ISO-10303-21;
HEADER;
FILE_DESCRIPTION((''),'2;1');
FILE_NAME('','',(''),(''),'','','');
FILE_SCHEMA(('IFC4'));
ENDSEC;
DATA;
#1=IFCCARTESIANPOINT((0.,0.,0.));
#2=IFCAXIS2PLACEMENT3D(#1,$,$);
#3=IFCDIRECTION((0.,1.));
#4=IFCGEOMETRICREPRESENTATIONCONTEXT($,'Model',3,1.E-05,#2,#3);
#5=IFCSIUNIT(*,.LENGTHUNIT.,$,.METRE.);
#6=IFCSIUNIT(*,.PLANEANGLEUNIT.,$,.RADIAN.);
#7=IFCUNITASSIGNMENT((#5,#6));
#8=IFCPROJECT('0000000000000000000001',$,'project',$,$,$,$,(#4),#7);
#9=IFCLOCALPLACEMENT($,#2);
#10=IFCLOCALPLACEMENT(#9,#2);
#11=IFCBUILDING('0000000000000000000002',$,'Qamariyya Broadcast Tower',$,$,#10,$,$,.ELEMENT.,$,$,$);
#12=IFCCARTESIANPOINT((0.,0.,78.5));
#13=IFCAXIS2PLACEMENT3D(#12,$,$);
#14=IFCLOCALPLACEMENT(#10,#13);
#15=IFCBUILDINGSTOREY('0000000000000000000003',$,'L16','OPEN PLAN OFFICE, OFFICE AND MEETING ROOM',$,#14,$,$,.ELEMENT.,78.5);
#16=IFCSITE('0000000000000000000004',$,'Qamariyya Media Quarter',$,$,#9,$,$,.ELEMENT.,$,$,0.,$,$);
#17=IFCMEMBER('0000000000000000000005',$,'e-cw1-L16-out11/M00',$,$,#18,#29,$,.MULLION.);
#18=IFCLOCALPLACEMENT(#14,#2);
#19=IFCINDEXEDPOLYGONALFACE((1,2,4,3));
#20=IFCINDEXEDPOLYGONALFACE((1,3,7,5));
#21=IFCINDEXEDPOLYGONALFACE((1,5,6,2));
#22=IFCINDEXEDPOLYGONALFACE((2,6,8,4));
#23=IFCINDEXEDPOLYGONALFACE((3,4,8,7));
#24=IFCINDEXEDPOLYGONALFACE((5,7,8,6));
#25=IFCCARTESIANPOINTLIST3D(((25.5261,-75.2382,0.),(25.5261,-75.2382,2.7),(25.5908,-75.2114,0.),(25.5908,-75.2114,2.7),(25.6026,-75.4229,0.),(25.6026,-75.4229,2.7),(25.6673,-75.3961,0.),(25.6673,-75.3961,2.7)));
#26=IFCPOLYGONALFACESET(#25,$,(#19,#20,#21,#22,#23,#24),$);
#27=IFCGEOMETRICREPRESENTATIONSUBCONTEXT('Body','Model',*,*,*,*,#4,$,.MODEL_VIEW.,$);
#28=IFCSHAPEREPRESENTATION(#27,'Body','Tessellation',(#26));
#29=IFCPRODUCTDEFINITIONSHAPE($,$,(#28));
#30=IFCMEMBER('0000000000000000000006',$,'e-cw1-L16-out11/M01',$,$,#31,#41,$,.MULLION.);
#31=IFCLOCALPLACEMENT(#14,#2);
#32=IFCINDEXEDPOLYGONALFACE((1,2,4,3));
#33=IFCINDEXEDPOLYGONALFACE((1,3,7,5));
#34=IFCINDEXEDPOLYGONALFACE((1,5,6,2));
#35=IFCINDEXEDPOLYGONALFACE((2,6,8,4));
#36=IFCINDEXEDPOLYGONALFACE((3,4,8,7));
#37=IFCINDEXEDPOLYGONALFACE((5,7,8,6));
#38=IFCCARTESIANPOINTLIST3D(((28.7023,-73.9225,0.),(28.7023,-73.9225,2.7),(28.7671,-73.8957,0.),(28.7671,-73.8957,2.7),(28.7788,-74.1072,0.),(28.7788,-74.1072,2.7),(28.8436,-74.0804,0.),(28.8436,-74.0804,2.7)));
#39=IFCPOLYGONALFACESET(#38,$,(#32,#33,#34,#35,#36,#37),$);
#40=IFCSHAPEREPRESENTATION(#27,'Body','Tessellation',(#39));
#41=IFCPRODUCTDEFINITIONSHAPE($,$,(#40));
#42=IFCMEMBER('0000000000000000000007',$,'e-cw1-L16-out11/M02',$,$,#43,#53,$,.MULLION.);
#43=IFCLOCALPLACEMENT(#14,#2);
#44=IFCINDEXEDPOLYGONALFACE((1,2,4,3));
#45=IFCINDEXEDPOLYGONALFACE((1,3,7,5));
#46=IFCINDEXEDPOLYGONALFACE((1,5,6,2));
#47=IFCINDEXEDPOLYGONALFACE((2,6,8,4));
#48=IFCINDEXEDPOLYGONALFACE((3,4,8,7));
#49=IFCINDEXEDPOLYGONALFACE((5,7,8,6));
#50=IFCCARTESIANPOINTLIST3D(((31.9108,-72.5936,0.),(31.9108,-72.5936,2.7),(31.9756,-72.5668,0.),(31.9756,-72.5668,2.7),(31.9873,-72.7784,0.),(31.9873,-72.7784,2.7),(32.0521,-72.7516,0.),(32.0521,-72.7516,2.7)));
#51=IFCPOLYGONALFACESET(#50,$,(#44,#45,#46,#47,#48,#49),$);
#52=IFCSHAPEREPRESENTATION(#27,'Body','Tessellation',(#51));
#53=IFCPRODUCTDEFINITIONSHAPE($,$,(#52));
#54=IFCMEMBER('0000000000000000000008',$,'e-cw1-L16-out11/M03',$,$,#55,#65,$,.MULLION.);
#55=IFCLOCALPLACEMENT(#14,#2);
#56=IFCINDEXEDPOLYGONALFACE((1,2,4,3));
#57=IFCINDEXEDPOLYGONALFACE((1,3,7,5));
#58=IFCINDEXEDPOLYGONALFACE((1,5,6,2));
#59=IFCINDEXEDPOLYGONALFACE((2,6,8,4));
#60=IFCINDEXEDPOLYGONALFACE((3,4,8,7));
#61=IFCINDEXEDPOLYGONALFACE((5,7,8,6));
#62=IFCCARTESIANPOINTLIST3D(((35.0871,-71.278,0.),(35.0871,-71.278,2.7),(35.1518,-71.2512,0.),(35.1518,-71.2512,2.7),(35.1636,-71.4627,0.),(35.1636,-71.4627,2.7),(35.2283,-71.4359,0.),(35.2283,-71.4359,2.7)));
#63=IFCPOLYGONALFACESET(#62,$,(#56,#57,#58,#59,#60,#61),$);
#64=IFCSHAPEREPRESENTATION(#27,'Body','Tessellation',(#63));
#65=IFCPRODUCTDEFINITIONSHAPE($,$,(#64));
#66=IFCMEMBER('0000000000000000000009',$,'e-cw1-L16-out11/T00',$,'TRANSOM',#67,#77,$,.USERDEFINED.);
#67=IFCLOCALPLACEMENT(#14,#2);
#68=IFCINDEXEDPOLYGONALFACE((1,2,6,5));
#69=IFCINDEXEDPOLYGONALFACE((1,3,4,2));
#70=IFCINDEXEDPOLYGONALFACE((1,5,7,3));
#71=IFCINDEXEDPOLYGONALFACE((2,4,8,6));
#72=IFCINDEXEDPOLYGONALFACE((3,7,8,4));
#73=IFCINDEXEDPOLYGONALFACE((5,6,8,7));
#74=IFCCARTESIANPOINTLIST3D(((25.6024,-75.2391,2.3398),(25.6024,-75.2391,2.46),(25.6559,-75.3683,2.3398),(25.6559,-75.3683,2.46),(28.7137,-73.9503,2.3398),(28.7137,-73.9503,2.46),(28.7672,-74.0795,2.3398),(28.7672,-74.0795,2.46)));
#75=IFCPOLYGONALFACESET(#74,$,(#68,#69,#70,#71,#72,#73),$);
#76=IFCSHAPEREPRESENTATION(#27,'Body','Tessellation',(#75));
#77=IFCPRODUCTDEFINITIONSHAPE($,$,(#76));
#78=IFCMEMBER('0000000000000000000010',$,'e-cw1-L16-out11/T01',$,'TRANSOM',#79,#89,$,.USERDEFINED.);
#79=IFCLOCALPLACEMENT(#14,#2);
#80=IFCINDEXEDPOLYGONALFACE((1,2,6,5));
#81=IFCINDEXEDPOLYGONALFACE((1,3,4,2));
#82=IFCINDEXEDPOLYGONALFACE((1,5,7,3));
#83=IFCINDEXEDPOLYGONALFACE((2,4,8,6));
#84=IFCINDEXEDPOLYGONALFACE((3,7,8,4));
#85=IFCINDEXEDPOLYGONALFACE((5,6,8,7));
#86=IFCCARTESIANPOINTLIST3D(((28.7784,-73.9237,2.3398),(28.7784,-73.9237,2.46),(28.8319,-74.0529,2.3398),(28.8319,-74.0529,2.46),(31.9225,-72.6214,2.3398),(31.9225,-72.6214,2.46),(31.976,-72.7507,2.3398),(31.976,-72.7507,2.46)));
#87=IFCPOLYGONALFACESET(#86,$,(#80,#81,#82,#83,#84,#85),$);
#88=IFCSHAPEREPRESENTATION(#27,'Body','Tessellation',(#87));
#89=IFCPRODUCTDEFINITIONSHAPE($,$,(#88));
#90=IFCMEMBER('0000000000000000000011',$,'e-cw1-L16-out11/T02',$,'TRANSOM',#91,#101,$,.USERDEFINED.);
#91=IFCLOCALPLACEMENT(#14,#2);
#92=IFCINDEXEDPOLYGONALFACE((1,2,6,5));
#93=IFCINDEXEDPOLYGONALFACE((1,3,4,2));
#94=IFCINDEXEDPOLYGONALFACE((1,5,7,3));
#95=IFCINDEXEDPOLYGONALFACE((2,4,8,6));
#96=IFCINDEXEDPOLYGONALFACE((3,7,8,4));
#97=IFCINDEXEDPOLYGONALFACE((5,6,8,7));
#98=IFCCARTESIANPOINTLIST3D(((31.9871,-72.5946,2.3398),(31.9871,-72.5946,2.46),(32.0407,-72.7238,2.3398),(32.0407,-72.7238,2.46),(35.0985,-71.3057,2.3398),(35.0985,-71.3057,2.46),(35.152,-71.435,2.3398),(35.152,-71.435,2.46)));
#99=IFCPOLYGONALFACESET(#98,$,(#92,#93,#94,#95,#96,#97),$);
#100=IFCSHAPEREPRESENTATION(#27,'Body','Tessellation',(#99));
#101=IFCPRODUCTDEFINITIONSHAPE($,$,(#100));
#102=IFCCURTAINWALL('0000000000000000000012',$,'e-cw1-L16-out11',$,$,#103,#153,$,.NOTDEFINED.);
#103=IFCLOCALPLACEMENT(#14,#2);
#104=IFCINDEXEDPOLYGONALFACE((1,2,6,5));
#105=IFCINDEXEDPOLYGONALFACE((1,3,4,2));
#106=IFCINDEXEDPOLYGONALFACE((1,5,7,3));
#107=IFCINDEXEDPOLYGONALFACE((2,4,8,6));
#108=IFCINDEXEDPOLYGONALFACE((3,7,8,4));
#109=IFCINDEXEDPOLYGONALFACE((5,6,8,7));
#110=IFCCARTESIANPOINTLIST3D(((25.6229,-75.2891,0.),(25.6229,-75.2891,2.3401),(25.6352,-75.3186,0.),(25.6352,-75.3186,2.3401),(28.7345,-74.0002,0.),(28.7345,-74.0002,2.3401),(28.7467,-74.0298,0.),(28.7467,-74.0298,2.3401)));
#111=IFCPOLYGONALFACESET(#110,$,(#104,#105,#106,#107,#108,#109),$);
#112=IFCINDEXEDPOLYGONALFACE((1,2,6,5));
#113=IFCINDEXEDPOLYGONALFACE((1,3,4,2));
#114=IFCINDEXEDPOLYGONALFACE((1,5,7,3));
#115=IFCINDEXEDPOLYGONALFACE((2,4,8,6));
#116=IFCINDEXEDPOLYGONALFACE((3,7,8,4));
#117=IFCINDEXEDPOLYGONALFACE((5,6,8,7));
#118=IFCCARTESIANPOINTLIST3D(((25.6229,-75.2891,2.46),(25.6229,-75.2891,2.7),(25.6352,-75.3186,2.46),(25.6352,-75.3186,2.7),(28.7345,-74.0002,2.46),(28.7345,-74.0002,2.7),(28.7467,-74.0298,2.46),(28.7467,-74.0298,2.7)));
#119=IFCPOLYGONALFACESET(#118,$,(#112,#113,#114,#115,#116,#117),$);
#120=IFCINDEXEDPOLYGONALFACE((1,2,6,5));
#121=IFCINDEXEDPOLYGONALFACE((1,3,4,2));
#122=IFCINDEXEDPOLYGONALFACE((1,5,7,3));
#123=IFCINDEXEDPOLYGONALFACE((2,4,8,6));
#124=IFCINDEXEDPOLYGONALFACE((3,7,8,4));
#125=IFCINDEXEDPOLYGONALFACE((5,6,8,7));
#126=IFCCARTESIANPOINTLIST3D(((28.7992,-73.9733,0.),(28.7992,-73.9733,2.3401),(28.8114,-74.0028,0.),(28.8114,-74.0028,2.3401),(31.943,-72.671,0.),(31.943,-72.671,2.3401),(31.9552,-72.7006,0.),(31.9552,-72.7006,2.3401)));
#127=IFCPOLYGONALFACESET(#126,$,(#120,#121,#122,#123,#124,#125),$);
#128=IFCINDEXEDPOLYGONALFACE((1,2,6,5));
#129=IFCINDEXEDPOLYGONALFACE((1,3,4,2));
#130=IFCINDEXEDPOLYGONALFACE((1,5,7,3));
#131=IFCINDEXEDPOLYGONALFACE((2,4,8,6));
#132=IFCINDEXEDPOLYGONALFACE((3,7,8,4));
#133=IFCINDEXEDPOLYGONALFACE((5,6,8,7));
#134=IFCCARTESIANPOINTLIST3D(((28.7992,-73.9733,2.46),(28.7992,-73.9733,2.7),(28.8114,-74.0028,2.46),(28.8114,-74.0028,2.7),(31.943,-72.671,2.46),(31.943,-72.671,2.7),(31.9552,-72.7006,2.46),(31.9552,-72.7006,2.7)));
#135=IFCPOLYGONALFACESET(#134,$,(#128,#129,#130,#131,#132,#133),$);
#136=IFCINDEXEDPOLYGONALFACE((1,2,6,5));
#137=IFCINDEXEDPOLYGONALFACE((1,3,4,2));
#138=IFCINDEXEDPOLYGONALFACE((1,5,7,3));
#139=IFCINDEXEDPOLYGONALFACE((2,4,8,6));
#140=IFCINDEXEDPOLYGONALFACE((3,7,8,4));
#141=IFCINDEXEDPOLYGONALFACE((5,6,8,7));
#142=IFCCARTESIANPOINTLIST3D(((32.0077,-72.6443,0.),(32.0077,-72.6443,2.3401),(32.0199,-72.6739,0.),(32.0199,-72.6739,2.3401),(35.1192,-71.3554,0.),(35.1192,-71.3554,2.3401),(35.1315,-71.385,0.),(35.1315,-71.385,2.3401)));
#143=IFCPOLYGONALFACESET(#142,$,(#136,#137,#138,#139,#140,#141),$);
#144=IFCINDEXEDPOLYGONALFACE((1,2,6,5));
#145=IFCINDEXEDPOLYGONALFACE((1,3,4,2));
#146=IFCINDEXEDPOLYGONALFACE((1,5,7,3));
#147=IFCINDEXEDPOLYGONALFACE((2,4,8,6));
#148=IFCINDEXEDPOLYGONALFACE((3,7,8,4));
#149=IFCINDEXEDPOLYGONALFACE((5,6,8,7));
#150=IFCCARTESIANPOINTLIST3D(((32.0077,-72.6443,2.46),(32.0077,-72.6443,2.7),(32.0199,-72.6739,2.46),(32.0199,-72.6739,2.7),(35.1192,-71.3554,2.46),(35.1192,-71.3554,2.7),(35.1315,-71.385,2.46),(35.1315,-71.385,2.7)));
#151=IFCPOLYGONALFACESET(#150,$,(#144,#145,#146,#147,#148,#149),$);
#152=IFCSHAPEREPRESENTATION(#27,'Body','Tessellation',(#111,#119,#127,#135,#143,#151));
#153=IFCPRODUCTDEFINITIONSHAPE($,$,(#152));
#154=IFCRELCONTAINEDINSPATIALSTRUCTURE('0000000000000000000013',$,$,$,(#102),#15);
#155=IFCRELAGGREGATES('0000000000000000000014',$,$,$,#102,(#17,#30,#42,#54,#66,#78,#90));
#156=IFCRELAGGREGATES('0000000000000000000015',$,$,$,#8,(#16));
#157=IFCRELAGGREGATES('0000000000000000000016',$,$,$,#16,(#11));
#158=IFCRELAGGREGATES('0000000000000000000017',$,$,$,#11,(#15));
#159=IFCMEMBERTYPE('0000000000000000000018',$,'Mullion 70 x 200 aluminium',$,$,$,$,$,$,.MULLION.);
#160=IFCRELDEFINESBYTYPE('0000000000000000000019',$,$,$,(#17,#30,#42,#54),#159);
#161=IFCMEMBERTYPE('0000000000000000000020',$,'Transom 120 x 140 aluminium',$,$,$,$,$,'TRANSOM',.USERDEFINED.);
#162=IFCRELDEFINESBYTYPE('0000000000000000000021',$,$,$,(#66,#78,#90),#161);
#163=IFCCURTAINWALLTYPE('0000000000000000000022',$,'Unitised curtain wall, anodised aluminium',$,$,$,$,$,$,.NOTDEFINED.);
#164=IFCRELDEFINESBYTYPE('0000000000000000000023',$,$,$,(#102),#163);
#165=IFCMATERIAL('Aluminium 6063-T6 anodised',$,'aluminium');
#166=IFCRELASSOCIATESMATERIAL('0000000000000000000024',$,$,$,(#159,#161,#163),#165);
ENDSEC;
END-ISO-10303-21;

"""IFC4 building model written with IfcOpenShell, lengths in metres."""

from ifc_helpers import new_model, si_unit, direction, frame, origin, origin_2d, place, context, subcontext, project, spatial, rectangle, extrude, material, material_profile, profile_set, type_object, element, aggregate, save


model = new_model("IFC4")

# Units and contexts
model_context = context("Model", 3, precision=1e-05, world=origin(), true_north=direction((0.0, 1.0)))
body_context = subcontext(model_context, "Body", "Model", "MODEL_VIEW")
ifc_project = project(units=[si_unit("LENGTHUNIT", "METRE"), si_unit("PLANEANGLEUNIT", "RADIAN")], contexts=[model_context])

# Members
ifc_material = material(Name="Aluminium 6063-T6 anodised", Category="aluminium")
ifc_material_profile_1 = material_profile(ifc_material, rectangle(XDim=0.2, YDim=0.0701, at=origin_2d()))
ifc_profile_set_1 = profile_set([ifc_material_profile_1], Name="Aluminium 6063-T6 anodised")
member_type_1 = type_object("IfcMemberType", Name="Mullion 70 x 200 aluminium", PredefinedType="MULLION", material=ifc_profile_set_1)
site_placement = place(None, origin())
building_placement = place(site_placement, origin())
storey_placement = place(building_placement, frame((0.0, 0.0, 78.5)))
member_1_placement = place(storey_placement, frame((25.5967, -75.3171, 0.0), z_axis=(0.0, 0.0, 1.0), x_axis=(-0.382683, 0.92388, 0.0)))
member_1 = element("IfcMember", 1, at=member_1_placement, type_object=member_type_1, Name="e-cw1-L16-out11/M00", PredefinedType="MULLION", context=body_context, shape_type="SweptSolid", body=[
    extrude(rectangle(XDim=0.2, YDim=0.0701, at=origin_2d()), origin(), (0.0, 0.0, 1.0), 2.7),
])
member_2_placement = place(storey_placement, frame((28.7729, -74.0015, 0.0), z_axis=(0.0, 0.0, 1.0), x_axis=(-0.382683, 0.92388, 0.0)))
member_2 = element("IfcMember", 2, at=member_2_placement, type_object=member_type_1, Name="e-cw1-L16-out11/M01", PredefinedType="MULLION", context=body_context, shape_type="SweptSolid", body=[
    extrude(rectangle(XDim=0.2, YDim=0.0701, at=origin_2d()), origin(), (0.0, 0.0, 1.0), 2.7),
])
member_3_placement = place(storey_placement, frame((31.9814, -72.6726, 0.0), z_axis=(0.0, 0.0, 1.0), x_axis=(-0.382683, 0.92388, 0.0)))
member_3 = element("IfcMember", 3, at=member_3_placement, type_object=member_type_1, Name="e-cw1-L16-out11/M02", PredefinedType="MULLION", context=body_context, shape_type="SweptSolid", body=[
    extrude(rectangle(XDim=0.2, YDim=0.0701, at=origin_2d()), origin(), (0.0, 0.0, 1.0), 2.7),
])
member_4_placement = place(storey_placement, frame((35.1577, -71.3569, 0.0), z_axis=(0.0, 0.0, 1.0), x_axis=(-0.382683, 0.92388, 0.0)))
member_4 = element("IfcMember", 4, at=member_4_placement, type_object=member_type_1, Name="e-cw1-L16-out11/M03", PredefinedType="MULLION", context=body_context, shape_type="SweptSolid", body=[
    extrude(rectangle(XDim=0.2, YDim=0.0701, at=origin_2d()), origin(), (0.0, 0.0, 1.0), 2.7),
])
ifc_material_profile_2 = material_profile(ifc_material, rectangle(XDim=0.1399, YDim=0.1201, at=origin_2d()))
ifc_profile_set_2 = profile_set([ifc_material_profile_2], Name="Aluminium 6063-T6 anodised")
member_type_2 = type_object("IfcMemberType", Name="Transom 120 x 140 aluminium", ElementType="TRANSOM", PredefinedType="USERDEFINED", material=ifc_profile_set_2)
member_5_placement = place(storey_placement, frame((25.6292, -75.3037, 2.3999), z_axis=(0.923873, 0.3827, 0.0), x_axis=(-0.3827, 0.923873, 0.0)))
member_5 = element("IfcMember", 5, at=member_5_placement, type_object=member_type_2, Name="e-cw1-L16-out11/T00", ObjectType="TRANSOM", PredefinedType="USERDEFINED", context=body_context, shape_type="SweptSolid", body=[
    extrude(rectangle(XDim=0.1399, YDim=0.1201, at=origin_2d()), origin(), (0.0, 0.0, 1.0), 3.3677),
])
member_6_placement = place(storey_placement, frame((28.8052, -73.9883, 2.3999), z_axis=(0.923886, 0.382669, 0.0), x_axis=(-0.382669, 0.923886, 0.0)))
member_6 = element("IfcMember", 6, at=member_6_placement, type_object=member_type_2, Name="e-cw1-L16-out11/T01", ObjectType="TRANSOM", PredefinedType="USERDEFINED", context=body_context, shape_type="SweptSolid", body=[
    extrude(rectangle(XDim=0.1399, YDim=0.1201, at=origin_2d()), origin(), (0.0, 0.0, 1.0), 3.4031),
])
member_7_placement = place(storey_placement, frame((32.0139, -72.6592, 2.3999), z_axis=(0.923873, 0.3827, 0.0), x_axis=(-0.3827, 0.923873, 0.0)))
member_7 = element("IfcMember", 7, at=member_7_placement, type_object=member_type_2, Name="e-cw1-L16-out11/T02", ObjectType="TRANSOM", PredefinedType="USERDEFINED", context=body_context, shape_type="SweptSolid", body=[
    extrude(rectangle(XDim=0.1399, YDim=0.1201, at=origin_2d()), origin(), (0.0, 0.0, 1.0), 3.3677),
])

# Site, building, storey
site = spatial("IfcSite", under=ifc_project, at=site_placement, Name="Qamariyya Media Quarter", CompositionType="ELEMENT", RefElevation=0.0)
building = spatial("IfcBuilding", under=site, at=building_placement, Name="Qamariyya Broadcast Tower", CompositionType="ELEMENT")
storey = spatial("IfcBuildingStorey", under=building, at=storey_placement, Name="L16", Description="OPEN PLAN OFFICE, OFFICE AND MEETING ROOM", CompositionType="ELEMENT", Elevation=78.5)

# Curtain wall
curtain_wall_type = type_object("IfcCurtainWallType", Name="Unitised curtain wall, anodised aluminium", PredefinedType="NOTDEFINED", material=ifc_material)
curtain_wall_1_placement = place(storey_placement, origin())
curtain_wall_1 = element("IfcCurtainWall", 8, at=curtain_wall_1_placement, inside=storey, type_object=curtain_wall_type, Name="e-cw1-L16-out11", PredefinedType="NOTDEFINED", context=body_context, shape_type="SweptSolid", body=[
    extrude(rectangle(XDim=3.3679, YDim=0.032, at=origin_2d()), frame((27.1848, -74.6594, 0.0), x_axis=(0.923878, 0.382688, 0.0)), (0.0, 0.0, 1.0), 2.3401),
    extrude(rectangle(XDim=3.3679, YDim=0.032, at=origin_2d()), frame((27.1848, -74.6594, 2.46), x_axis=(0.923878, 0.382688, 0.0)), (0.0, 0.0, 1.0), 0.24),
    extrude(rectangle(XDim=3.4028, YDim=0.032, at=origin_2d()), frame((30.3772, -73.3369, 0.0), x_axis=(0.923878, 0.382688, 0.0)), (0.0, 0.0, 1.0), 2.3401),
    extrude(rectangle(XDim=3.4028, YDim=0.032, at=origin_2d()), frame((30.3772, -73.3369, 2.46), x_axis=(0.923878, 0.382688, 0.0)), (0.0, 0.0, 1.0), 0.24),
    extrude(rectangle(XDim=3.3679, YDim=0.032, at=origin_2d()), frame((33.5696, -72.0146, 0.0), x_axis=(0.923878, 0.382688, 0.0)), (0.0, 0.0, 1.0), 2.3401),
    extrude(rectangle(XDim=3.3679, YDim=0.032, at=origin_2d()), frame((33.5696, -72.0146, 2.46), x_axis=(0.923878, 0.382688, 0.0)), (0.0, 0.0, 1.0), 0.24),
])
aggregate(curtain_wall_1, [member_1, member_2, member_3, member_4, member_5, member_6, member_7])

save(model, "model.ifc")
